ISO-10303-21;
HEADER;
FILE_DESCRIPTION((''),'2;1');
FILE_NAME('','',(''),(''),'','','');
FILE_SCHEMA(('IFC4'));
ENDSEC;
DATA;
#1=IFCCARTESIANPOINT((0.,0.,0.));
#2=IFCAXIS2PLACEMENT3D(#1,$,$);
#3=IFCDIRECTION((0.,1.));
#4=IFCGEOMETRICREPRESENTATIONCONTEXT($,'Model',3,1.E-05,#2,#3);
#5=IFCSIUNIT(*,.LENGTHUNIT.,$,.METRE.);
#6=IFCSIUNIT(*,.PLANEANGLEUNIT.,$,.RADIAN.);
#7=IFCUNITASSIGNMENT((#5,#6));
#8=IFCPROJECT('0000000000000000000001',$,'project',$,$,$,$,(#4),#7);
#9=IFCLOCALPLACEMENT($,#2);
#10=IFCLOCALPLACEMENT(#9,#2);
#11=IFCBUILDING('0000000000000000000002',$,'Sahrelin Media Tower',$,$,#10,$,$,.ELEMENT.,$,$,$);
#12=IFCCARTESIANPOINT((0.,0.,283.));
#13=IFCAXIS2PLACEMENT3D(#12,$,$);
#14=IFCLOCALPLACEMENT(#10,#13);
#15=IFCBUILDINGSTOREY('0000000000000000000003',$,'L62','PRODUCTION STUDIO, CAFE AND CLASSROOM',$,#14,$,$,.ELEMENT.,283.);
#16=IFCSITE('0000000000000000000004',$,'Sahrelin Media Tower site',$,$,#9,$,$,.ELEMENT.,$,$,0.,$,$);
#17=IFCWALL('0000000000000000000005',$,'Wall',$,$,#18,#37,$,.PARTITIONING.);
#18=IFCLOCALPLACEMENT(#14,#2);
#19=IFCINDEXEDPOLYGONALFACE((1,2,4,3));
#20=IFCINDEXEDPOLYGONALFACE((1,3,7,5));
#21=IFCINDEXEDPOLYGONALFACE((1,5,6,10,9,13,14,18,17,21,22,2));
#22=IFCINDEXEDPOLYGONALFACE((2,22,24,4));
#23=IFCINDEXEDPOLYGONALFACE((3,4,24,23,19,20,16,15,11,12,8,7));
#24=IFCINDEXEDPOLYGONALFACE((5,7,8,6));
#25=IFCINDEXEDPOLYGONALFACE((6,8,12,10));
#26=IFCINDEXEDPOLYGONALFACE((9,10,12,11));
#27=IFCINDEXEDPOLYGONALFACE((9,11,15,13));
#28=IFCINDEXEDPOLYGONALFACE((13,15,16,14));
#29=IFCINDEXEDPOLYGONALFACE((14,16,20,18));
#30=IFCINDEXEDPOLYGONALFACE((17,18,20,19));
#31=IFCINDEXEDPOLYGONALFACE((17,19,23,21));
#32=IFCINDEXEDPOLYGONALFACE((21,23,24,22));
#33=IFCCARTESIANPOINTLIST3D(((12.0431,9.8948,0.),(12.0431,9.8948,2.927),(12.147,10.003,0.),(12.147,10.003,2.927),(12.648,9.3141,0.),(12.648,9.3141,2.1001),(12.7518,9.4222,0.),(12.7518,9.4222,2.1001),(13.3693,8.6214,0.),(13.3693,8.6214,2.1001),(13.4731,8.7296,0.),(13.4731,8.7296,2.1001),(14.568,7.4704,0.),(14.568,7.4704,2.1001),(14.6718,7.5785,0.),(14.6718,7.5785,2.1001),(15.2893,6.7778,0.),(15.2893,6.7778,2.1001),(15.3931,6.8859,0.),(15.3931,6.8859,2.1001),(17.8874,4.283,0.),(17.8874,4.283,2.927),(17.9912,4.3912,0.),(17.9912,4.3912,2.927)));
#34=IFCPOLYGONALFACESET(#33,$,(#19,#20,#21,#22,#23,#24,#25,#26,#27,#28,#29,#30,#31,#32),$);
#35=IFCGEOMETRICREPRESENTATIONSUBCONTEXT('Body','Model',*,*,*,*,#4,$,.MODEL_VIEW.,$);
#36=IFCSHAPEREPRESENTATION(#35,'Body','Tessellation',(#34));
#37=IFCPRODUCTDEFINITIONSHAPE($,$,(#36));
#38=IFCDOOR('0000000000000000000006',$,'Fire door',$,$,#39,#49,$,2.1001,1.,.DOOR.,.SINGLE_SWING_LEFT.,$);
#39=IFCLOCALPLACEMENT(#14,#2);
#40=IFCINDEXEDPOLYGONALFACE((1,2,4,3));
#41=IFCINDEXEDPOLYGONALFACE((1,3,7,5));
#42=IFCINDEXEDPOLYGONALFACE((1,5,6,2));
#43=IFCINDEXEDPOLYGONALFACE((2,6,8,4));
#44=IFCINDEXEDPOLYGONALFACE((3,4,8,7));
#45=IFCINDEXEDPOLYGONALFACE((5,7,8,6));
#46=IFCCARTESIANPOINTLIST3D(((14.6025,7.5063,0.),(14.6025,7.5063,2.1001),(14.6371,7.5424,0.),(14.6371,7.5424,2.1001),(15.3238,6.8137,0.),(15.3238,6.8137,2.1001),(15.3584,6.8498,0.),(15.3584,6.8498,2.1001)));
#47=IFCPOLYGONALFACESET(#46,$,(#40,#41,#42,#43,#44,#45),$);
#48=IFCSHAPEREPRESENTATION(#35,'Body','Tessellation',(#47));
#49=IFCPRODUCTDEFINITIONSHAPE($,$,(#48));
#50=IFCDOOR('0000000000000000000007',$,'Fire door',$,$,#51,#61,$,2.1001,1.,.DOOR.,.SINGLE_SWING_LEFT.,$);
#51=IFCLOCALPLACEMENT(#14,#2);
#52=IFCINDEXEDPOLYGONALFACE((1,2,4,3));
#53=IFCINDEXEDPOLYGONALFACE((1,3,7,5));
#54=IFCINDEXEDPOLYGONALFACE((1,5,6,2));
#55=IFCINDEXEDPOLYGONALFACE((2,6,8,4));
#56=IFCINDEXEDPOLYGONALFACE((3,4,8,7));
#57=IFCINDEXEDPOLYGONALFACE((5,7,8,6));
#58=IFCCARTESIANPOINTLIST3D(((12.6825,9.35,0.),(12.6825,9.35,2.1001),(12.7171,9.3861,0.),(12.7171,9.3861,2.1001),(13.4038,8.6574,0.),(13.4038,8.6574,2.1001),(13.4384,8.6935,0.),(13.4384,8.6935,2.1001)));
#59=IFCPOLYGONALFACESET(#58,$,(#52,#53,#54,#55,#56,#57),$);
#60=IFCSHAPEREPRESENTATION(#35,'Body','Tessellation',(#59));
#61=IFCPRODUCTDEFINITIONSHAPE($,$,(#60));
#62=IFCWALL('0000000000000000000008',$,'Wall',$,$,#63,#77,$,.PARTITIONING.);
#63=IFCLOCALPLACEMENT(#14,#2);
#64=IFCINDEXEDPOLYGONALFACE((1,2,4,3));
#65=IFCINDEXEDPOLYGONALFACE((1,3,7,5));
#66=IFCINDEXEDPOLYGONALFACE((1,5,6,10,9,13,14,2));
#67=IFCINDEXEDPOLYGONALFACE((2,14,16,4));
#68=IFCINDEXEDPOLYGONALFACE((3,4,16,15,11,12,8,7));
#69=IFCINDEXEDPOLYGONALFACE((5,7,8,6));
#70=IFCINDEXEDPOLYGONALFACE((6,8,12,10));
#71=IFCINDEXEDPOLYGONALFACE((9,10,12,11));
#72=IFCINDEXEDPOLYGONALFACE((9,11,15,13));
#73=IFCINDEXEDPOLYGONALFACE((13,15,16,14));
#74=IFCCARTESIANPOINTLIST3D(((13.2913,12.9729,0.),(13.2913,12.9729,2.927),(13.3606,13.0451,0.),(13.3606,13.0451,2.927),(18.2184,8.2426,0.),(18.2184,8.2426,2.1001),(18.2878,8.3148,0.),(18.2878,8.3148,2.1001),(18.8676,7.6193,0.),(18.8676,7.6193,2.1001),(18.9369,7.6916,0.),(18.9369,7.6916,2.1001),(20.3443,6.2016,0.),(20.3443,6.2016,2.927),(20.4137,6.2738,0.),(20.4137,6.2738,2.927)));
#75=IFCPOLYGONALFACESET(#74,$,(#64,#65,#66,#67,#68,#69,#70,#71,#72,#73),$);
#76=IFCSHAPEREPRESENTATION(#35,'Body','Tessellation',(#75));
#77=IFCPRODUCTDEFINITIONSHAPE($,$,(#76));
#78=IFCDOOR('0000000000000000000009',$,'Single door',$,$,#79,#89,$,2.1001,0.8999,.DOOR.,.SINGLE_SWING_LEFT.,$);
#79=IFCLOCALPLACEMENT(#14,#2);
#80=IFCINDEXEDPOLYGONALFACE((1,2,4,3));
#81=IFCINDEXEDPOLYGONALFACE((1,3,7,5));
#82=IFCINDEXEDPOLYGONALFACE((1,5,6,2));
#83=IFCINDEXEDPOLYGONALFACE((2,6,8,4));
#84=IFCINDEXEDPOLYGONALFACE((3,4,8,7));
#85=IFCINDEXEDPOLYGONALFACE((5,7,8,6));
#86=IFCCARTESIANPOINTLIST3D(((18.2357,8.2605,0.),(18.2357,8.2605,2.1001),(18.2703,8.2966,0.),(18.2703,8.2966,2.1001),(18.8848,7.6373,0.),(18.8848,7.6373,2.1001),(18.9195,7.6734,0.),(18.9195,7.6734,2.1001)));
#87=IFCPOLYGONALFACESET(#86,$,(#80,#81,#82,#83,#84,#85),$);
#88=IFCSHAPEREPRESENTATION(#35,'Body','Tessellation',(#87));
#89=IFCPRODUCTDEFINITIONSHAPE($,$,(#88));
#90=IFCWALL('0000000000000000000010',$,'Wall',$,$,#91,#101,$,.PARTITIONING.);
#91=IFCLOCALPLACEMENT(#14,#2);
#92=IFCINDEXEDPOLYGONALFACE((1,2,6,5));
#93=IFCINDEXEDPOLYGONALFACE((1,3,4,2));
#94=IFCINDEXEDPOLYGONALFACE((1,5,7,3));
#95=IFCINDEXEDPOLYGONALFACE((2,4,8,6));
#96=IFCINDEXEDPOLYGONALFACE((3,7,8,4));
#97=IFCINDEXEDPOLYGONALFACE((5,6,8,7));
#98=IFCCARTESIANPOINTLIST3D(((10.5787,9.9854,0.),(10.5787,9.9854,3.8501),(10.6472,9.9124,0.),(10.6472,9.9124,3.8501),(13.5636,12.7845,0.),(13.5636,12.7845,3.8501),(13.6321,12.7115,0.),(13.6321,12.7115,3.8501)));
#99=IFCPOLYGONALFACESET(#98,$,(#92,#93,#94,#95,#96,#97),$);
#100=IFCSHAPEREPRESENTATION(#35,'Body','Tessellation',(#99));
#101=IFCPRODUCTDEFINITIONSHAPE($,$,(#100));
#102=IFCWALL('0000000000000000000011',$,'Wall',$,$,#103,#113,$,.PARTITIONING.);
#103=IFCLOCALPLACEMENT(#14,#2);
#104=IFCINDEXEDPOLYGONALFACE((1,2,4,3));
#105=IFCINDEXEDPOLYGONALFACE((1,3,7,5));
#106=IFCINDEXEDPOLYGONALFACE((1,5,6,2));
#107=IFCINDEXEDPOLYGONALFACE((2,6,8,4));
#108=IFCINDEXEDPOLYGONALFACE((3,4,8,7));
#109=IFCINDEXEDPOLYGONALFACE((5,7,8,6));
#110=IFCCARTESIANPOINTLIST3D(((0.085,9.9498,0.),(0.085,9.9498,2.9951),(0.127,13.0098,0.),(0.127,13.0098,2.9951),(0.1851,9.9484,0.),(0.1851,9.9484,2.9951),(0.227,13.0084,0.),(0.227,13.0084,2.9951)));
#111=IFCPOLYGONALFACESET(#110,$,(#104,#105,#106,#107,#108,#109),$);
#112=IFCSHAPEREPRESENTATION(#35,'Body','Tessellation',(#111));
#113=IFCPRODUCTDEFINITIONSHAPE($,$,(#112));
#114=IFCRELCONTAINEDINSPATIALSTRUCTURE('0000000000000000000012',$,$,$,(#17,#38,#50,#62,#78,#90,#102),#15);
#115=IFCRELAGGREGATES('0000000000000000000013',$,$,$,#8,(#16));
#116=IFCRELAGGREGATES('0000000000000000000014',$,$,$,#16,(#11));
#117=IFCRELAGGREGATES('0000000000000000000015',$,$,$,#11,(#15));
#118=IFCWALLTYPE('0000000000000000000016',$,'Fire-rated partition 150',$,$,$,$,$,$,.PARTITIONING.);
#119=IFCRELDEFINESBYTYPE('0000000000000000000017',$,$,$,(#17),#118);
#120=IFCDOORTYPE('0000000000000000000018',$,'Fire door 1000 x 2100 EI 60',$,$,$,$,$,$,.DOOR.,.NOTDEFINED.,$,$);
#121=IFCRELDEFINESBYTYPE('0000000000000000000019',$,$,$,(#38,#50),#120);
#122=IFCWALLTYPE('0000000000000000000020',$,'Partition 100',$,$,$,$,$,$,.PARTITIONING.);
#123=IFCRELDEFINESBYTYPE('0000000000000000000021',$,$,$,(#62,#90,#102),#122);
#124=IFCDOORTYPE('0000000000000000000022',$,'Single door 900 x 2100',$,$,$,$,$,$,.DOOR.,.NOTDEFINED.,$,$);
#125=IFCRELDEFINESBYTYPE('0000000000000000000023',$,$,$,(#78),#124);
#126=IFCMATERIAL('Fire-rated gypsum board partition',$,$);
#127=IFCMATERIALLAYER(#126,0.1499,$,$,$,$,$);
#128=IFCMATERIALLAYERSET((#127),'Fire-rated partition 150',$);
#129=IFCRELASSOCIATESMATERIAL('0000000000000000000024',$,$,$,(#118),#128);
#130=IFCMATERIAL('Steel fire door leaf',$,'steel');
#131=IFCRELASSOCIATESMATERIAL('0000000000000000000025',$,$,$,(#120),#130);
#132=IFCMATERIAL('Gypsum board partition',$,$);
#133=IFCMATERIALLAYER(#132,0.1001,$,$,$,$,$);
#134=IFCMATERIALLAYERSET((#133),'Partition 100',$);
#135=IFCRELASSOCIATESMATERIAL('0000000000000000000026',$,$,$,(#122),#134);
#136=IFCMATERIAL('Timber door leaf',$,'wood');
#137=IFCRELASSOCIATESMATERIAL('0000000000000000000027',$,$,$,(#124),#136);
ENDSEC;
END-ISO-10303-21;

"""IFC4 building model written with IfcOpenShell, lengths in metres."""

from ifc_helpers import new_model, si_unit, direction, frame, frame_2d, origin, place, context, subcontext, project, spatial, rectangle, extrude, material, layer, layer_set, type_object, element, fill, save


model = new_model("IFC4")

# Units and contexts
model_context = context("Model", 3, precision=1e-05, world=origin(), true_north=direction((0.0, 1.0)))
body_context = subcontext(model_context, "Body", "Model", "MODEL_VIEW")
ifc_project = project(units=[si_unit("LENGTHUNIT", "METRE"), si_unit("PLANEANGLEUNIT", "RADIAN")], contexts=[model_context])

# Site, building, storey
site_placement = place(None, origin())
site = spatial("IfcSite", under=ifc_project, at=site_placement, Name="Sahrelin Media Tower site", CompositionType="ELEMENT", RefElevation=0.0)
building_placement = place(site_placement, origin())
building = spatial("IfcBuilding", under=site, at=building_placement, Name="Sahrelin Media Tower", CompositionType="ELEMENT")
storey_placement = place(building_placement, frame((0.0, 0.0, 283.0)))
storey = spatial("IfcBuildingStorey", under=building, at=storey_placement, Name="L62", Description="PRODUCTION STUDIO, CAFE AND CLASSROOM", CompositionType="ELEMENT", Elevation=283.0)

# Wall, openings, doors
ifc_material_1 = material(Name="Fire-rated gypsum board partition")
ifc_layer_1 = layer(ifc_material_1, 0.1499)
ifc_layer_set_1 = layer_set([ifc_layer_1], Name="Fire-rated partition 150")
wall_type_1 = type_object("IfcWallType", Name="Fire-rated partition 150", PredefinedType="PARTITIONING", material=ifc_layer_set_1)
wall_1_placement = place(storey_placement, frame((12.095, 9.949, 0.0), z_axis=(0.0, 0.0, 1.0), x_axis=(0.721304, -0.692618, 0.0)))
wall_1 = element("IfcWall", 1, at=wall_1_placement, inside=storey, type_object=wall_type_1, Name="Wall", PredefinedType="PARTITIONING", context=body_context, shape_type="SweptSolid", body=[
    extrude(rectangle(XDim=8.1023, YDim=0.1499, at=frame_2d((4.0513, 0.0))), origin(), (0.0, 0.0, 1.0), 2.927),
])
opening_1_placement = place(wall_1_placement, frame((3.5005, 0.0, 0.0)))
opening_1 = element("IfcOpeningElement", 2, at=opening_1_placement, cuts=wall_1, PredefinedType="OPENING", context=body_context, shape_type="SweptSolid", body=[
    extrude(rectangle(XDim=1.0, YDim=2.1001, at=frame_2d((0.5, 1.05))), frame((0.0, 0.075, 0.0), z_axis=(0.0, -1.0, 0.0), x_axis=(1.0, 0.0, 0.0)), (0.0, 0.0, 1.0), 0.1499),
])
opening_2_placement = place(wall_1_placement, frame((0.8386, 0.0, 0.0)))
opening_2 = element("IfcOpeningElement", 3, at=opening_2_placement, cuts=wall_1, PredefinedType="OPENING", context=body_context, shape_type="SweptSolid", body=[
    extrude(rectangle(XDim=1.0, YDim=2.1001, at=frame_2d((0.5, 1.05))), frame((0.0, 0.075, 0.0), z_axis=(0.0, -1.0, 0.0), x_axis=(1.0, 0.0, 0.0)), (0.0, 0.0, 1.0), 0.1499),
])
ifc_material_2 = material(Name="Steel fire door leaf", Category="steel")
door_type_1 = type_object("IfcDoorType", Name="Fire door 1000 x 2100 EI 60", OperationType="NOTDEFINED", PredefinedType="DOOR", material=ifc_material_2)
door_1_placement = place(opening_1_placement, origin())
door_1 = element("IfcDoor", 4, at=door_1_placement, inside=storey, type_object=door_type_1, Name="Fire door", OperationType="SINGLE_SWING_LEFT", OverallHeight=2.1001, OverallWidth=1.0, PredefinedType="DOOR", context=body_context, shape_type="SweptSolid", body=[
    extrude(rectangle(XDim=1.0, YDim=2.1001, at=frame_2d((0.5, 1.05))), frame((0.0, 0.0249, 0.0), z_axis=(0.0, -1.0, 0.0), x_axis=(1.0, 0.0, 0.0)), (0.0, 0.0, 1.0), 0.05),
])
fill(opening_1, door_1)
door_2_placement = place(opening_2_placement, origin())
door_2 = element("IfcDoor", 5, at=door_2_placement, inside=storey, type_object=door_type_1, Name="Fire door", OperationType="SINGLE_SWING_LEFT", OverallHeight=2.1001, OverallWidth=1.0, PredefinedType="DOOR", context=body_context, shape_type="SweptSolid", body=[
    extrude(rectangle(XDim=1.0, YDim=2.1001, at=frame_2d((0.5, 1.05))), frame((0.0, 0.0249, 0.0), z_axis=(0.0, -1.0, 0.0), x_axis=(1.0, 0.0, 0.0)), (0.0, 0.0, 1.0), 0.05),
])
fill(opening_2, door_2)

# Wall, opening, door
ifc_material_3 = material(Name="Gypsum board partition")
ifc_layer_2 = layer(ifc_material_3, 0.1001)
ifc_layer_set_2 = layer_set([ifc_layer_2], Name="Partition 100")
wall_type_2 = type_object("IfcWallType", Name="Partition 100", PredefinedType="PARTITIONING", material=ifc_layer_set_2)
wall_2_placement = place(storey_placement, frame((13.3259, 13.009, 0.0), z_axis=(0.0, 0.0, 1.0), x_axis=(0.721368, -0.692552, 0.0)))
wall_2 = element("IfcWall", 6, at=wall_2_placement, inside=storey, type_object=wall_type_2, Name="Wall", PredefinedType="PARTITIONING", context=body_context, shape_type="SweptSolid", body=[
    extrude(rectangle(XDim=9.7773, YDim=0.1001, at=frame_2d((4.8887, 0.0))), origin(), (0.0, 0.0, 1.0), 2.927),
])
opening_3_placement = place(wall_2_placement, frame((6.8303, 0.0, 0.0)))
opening_3 = element("IfcOpeningElement", 7, at=opening_3_placement, cuts=wall_2, PredefinedType="OPENING", context=body_context, shape_type="SweptSolid", body=[
    extrude(rectangle(XDim=0.8999, YDim=2.1001, at=frame_2d((0.45, 1.05))), frame((0.0, 0.05, 0.0), z_axis=(0.0, -1.0, 0.0), x_axis=(1.0, 0.0, 0.0)), (0.0, 0.0, 1.0), 0.1001),
])
ifc_material_4 = material(Name="Timber door leaf", Category="wood")
door_type_2 = type_object("IfcDoorType", Name="Single door 900 x 2100", OperationType="NOTDEFINED", PredefinedType="DOOR", material=ifc_material_4)
door_3_placement = place(opening_3_placement, origin())
door_3 = element("IfcDoor", 8, at=door_3_placement, inside=storey, type_object=door_type_2, Name="Single door", OperationType="SINGLE_SWING_LEFT", OverallHeight=2.1001, OverallWidth=0.8999, PredefinedType="DOOR", context=body_context, shape_type="SweptSolid", body=[
    extrude(rectangle(XDim=0.8999, YDim=2.1001, at=frame_2d((0.45, 1.05))), frame((0.0, 0.0249, 0.0), z_axis=(0.0, -1.0, 0.0), x_axis=(1.0, 0.0, 0.0)), (0.0, 0.0, 1.0), 0.05),
])
fill(opening_3, door_3)

# Walls
wall_3_placement = place(storey_placement, frame((10.613, 9.949, 0.0), z_axis=(0.0, 0.0, 1.0), x_axis=(0.729444, 0.68404, 0.0)))
element("IfcWall", 9, at=wall_3_placement, inside=storey, type_object=wall_type_2, Name="Wall", PredefinedType="PARTITIONING", context=body_context, shape_type="SweptSolid", body=[
    extrude(rectangle(XDim=4.092, YDim=0.1001, at=frame_2d((2.0459, 0.0))), origin(), (0.0, 0.0, 1.0), 3.8501),
])
wall_4_placement = place(storey_placement, frame((0.135, 9.949, 0.0), z_axis=(0.0, 0.0, 1.0), x_axis=(0.013721, 0.999906, 0.0)))
element("IfcWall", 10, at=wall_4_placement, inside=storey, type_object=wall_type_2, Name="Wall", PredefinedType="PARTITIONING", context=body_context, shape_type="SweptSolid", body=[
    extrude(rectangle(XDim=3.0603, YDim=0.1001, at=frame_2d((1.5303, 0.0))), origin(), (0.0, 0.0, 1.0), 2.9951),
])

save(model, "model.ifc")
